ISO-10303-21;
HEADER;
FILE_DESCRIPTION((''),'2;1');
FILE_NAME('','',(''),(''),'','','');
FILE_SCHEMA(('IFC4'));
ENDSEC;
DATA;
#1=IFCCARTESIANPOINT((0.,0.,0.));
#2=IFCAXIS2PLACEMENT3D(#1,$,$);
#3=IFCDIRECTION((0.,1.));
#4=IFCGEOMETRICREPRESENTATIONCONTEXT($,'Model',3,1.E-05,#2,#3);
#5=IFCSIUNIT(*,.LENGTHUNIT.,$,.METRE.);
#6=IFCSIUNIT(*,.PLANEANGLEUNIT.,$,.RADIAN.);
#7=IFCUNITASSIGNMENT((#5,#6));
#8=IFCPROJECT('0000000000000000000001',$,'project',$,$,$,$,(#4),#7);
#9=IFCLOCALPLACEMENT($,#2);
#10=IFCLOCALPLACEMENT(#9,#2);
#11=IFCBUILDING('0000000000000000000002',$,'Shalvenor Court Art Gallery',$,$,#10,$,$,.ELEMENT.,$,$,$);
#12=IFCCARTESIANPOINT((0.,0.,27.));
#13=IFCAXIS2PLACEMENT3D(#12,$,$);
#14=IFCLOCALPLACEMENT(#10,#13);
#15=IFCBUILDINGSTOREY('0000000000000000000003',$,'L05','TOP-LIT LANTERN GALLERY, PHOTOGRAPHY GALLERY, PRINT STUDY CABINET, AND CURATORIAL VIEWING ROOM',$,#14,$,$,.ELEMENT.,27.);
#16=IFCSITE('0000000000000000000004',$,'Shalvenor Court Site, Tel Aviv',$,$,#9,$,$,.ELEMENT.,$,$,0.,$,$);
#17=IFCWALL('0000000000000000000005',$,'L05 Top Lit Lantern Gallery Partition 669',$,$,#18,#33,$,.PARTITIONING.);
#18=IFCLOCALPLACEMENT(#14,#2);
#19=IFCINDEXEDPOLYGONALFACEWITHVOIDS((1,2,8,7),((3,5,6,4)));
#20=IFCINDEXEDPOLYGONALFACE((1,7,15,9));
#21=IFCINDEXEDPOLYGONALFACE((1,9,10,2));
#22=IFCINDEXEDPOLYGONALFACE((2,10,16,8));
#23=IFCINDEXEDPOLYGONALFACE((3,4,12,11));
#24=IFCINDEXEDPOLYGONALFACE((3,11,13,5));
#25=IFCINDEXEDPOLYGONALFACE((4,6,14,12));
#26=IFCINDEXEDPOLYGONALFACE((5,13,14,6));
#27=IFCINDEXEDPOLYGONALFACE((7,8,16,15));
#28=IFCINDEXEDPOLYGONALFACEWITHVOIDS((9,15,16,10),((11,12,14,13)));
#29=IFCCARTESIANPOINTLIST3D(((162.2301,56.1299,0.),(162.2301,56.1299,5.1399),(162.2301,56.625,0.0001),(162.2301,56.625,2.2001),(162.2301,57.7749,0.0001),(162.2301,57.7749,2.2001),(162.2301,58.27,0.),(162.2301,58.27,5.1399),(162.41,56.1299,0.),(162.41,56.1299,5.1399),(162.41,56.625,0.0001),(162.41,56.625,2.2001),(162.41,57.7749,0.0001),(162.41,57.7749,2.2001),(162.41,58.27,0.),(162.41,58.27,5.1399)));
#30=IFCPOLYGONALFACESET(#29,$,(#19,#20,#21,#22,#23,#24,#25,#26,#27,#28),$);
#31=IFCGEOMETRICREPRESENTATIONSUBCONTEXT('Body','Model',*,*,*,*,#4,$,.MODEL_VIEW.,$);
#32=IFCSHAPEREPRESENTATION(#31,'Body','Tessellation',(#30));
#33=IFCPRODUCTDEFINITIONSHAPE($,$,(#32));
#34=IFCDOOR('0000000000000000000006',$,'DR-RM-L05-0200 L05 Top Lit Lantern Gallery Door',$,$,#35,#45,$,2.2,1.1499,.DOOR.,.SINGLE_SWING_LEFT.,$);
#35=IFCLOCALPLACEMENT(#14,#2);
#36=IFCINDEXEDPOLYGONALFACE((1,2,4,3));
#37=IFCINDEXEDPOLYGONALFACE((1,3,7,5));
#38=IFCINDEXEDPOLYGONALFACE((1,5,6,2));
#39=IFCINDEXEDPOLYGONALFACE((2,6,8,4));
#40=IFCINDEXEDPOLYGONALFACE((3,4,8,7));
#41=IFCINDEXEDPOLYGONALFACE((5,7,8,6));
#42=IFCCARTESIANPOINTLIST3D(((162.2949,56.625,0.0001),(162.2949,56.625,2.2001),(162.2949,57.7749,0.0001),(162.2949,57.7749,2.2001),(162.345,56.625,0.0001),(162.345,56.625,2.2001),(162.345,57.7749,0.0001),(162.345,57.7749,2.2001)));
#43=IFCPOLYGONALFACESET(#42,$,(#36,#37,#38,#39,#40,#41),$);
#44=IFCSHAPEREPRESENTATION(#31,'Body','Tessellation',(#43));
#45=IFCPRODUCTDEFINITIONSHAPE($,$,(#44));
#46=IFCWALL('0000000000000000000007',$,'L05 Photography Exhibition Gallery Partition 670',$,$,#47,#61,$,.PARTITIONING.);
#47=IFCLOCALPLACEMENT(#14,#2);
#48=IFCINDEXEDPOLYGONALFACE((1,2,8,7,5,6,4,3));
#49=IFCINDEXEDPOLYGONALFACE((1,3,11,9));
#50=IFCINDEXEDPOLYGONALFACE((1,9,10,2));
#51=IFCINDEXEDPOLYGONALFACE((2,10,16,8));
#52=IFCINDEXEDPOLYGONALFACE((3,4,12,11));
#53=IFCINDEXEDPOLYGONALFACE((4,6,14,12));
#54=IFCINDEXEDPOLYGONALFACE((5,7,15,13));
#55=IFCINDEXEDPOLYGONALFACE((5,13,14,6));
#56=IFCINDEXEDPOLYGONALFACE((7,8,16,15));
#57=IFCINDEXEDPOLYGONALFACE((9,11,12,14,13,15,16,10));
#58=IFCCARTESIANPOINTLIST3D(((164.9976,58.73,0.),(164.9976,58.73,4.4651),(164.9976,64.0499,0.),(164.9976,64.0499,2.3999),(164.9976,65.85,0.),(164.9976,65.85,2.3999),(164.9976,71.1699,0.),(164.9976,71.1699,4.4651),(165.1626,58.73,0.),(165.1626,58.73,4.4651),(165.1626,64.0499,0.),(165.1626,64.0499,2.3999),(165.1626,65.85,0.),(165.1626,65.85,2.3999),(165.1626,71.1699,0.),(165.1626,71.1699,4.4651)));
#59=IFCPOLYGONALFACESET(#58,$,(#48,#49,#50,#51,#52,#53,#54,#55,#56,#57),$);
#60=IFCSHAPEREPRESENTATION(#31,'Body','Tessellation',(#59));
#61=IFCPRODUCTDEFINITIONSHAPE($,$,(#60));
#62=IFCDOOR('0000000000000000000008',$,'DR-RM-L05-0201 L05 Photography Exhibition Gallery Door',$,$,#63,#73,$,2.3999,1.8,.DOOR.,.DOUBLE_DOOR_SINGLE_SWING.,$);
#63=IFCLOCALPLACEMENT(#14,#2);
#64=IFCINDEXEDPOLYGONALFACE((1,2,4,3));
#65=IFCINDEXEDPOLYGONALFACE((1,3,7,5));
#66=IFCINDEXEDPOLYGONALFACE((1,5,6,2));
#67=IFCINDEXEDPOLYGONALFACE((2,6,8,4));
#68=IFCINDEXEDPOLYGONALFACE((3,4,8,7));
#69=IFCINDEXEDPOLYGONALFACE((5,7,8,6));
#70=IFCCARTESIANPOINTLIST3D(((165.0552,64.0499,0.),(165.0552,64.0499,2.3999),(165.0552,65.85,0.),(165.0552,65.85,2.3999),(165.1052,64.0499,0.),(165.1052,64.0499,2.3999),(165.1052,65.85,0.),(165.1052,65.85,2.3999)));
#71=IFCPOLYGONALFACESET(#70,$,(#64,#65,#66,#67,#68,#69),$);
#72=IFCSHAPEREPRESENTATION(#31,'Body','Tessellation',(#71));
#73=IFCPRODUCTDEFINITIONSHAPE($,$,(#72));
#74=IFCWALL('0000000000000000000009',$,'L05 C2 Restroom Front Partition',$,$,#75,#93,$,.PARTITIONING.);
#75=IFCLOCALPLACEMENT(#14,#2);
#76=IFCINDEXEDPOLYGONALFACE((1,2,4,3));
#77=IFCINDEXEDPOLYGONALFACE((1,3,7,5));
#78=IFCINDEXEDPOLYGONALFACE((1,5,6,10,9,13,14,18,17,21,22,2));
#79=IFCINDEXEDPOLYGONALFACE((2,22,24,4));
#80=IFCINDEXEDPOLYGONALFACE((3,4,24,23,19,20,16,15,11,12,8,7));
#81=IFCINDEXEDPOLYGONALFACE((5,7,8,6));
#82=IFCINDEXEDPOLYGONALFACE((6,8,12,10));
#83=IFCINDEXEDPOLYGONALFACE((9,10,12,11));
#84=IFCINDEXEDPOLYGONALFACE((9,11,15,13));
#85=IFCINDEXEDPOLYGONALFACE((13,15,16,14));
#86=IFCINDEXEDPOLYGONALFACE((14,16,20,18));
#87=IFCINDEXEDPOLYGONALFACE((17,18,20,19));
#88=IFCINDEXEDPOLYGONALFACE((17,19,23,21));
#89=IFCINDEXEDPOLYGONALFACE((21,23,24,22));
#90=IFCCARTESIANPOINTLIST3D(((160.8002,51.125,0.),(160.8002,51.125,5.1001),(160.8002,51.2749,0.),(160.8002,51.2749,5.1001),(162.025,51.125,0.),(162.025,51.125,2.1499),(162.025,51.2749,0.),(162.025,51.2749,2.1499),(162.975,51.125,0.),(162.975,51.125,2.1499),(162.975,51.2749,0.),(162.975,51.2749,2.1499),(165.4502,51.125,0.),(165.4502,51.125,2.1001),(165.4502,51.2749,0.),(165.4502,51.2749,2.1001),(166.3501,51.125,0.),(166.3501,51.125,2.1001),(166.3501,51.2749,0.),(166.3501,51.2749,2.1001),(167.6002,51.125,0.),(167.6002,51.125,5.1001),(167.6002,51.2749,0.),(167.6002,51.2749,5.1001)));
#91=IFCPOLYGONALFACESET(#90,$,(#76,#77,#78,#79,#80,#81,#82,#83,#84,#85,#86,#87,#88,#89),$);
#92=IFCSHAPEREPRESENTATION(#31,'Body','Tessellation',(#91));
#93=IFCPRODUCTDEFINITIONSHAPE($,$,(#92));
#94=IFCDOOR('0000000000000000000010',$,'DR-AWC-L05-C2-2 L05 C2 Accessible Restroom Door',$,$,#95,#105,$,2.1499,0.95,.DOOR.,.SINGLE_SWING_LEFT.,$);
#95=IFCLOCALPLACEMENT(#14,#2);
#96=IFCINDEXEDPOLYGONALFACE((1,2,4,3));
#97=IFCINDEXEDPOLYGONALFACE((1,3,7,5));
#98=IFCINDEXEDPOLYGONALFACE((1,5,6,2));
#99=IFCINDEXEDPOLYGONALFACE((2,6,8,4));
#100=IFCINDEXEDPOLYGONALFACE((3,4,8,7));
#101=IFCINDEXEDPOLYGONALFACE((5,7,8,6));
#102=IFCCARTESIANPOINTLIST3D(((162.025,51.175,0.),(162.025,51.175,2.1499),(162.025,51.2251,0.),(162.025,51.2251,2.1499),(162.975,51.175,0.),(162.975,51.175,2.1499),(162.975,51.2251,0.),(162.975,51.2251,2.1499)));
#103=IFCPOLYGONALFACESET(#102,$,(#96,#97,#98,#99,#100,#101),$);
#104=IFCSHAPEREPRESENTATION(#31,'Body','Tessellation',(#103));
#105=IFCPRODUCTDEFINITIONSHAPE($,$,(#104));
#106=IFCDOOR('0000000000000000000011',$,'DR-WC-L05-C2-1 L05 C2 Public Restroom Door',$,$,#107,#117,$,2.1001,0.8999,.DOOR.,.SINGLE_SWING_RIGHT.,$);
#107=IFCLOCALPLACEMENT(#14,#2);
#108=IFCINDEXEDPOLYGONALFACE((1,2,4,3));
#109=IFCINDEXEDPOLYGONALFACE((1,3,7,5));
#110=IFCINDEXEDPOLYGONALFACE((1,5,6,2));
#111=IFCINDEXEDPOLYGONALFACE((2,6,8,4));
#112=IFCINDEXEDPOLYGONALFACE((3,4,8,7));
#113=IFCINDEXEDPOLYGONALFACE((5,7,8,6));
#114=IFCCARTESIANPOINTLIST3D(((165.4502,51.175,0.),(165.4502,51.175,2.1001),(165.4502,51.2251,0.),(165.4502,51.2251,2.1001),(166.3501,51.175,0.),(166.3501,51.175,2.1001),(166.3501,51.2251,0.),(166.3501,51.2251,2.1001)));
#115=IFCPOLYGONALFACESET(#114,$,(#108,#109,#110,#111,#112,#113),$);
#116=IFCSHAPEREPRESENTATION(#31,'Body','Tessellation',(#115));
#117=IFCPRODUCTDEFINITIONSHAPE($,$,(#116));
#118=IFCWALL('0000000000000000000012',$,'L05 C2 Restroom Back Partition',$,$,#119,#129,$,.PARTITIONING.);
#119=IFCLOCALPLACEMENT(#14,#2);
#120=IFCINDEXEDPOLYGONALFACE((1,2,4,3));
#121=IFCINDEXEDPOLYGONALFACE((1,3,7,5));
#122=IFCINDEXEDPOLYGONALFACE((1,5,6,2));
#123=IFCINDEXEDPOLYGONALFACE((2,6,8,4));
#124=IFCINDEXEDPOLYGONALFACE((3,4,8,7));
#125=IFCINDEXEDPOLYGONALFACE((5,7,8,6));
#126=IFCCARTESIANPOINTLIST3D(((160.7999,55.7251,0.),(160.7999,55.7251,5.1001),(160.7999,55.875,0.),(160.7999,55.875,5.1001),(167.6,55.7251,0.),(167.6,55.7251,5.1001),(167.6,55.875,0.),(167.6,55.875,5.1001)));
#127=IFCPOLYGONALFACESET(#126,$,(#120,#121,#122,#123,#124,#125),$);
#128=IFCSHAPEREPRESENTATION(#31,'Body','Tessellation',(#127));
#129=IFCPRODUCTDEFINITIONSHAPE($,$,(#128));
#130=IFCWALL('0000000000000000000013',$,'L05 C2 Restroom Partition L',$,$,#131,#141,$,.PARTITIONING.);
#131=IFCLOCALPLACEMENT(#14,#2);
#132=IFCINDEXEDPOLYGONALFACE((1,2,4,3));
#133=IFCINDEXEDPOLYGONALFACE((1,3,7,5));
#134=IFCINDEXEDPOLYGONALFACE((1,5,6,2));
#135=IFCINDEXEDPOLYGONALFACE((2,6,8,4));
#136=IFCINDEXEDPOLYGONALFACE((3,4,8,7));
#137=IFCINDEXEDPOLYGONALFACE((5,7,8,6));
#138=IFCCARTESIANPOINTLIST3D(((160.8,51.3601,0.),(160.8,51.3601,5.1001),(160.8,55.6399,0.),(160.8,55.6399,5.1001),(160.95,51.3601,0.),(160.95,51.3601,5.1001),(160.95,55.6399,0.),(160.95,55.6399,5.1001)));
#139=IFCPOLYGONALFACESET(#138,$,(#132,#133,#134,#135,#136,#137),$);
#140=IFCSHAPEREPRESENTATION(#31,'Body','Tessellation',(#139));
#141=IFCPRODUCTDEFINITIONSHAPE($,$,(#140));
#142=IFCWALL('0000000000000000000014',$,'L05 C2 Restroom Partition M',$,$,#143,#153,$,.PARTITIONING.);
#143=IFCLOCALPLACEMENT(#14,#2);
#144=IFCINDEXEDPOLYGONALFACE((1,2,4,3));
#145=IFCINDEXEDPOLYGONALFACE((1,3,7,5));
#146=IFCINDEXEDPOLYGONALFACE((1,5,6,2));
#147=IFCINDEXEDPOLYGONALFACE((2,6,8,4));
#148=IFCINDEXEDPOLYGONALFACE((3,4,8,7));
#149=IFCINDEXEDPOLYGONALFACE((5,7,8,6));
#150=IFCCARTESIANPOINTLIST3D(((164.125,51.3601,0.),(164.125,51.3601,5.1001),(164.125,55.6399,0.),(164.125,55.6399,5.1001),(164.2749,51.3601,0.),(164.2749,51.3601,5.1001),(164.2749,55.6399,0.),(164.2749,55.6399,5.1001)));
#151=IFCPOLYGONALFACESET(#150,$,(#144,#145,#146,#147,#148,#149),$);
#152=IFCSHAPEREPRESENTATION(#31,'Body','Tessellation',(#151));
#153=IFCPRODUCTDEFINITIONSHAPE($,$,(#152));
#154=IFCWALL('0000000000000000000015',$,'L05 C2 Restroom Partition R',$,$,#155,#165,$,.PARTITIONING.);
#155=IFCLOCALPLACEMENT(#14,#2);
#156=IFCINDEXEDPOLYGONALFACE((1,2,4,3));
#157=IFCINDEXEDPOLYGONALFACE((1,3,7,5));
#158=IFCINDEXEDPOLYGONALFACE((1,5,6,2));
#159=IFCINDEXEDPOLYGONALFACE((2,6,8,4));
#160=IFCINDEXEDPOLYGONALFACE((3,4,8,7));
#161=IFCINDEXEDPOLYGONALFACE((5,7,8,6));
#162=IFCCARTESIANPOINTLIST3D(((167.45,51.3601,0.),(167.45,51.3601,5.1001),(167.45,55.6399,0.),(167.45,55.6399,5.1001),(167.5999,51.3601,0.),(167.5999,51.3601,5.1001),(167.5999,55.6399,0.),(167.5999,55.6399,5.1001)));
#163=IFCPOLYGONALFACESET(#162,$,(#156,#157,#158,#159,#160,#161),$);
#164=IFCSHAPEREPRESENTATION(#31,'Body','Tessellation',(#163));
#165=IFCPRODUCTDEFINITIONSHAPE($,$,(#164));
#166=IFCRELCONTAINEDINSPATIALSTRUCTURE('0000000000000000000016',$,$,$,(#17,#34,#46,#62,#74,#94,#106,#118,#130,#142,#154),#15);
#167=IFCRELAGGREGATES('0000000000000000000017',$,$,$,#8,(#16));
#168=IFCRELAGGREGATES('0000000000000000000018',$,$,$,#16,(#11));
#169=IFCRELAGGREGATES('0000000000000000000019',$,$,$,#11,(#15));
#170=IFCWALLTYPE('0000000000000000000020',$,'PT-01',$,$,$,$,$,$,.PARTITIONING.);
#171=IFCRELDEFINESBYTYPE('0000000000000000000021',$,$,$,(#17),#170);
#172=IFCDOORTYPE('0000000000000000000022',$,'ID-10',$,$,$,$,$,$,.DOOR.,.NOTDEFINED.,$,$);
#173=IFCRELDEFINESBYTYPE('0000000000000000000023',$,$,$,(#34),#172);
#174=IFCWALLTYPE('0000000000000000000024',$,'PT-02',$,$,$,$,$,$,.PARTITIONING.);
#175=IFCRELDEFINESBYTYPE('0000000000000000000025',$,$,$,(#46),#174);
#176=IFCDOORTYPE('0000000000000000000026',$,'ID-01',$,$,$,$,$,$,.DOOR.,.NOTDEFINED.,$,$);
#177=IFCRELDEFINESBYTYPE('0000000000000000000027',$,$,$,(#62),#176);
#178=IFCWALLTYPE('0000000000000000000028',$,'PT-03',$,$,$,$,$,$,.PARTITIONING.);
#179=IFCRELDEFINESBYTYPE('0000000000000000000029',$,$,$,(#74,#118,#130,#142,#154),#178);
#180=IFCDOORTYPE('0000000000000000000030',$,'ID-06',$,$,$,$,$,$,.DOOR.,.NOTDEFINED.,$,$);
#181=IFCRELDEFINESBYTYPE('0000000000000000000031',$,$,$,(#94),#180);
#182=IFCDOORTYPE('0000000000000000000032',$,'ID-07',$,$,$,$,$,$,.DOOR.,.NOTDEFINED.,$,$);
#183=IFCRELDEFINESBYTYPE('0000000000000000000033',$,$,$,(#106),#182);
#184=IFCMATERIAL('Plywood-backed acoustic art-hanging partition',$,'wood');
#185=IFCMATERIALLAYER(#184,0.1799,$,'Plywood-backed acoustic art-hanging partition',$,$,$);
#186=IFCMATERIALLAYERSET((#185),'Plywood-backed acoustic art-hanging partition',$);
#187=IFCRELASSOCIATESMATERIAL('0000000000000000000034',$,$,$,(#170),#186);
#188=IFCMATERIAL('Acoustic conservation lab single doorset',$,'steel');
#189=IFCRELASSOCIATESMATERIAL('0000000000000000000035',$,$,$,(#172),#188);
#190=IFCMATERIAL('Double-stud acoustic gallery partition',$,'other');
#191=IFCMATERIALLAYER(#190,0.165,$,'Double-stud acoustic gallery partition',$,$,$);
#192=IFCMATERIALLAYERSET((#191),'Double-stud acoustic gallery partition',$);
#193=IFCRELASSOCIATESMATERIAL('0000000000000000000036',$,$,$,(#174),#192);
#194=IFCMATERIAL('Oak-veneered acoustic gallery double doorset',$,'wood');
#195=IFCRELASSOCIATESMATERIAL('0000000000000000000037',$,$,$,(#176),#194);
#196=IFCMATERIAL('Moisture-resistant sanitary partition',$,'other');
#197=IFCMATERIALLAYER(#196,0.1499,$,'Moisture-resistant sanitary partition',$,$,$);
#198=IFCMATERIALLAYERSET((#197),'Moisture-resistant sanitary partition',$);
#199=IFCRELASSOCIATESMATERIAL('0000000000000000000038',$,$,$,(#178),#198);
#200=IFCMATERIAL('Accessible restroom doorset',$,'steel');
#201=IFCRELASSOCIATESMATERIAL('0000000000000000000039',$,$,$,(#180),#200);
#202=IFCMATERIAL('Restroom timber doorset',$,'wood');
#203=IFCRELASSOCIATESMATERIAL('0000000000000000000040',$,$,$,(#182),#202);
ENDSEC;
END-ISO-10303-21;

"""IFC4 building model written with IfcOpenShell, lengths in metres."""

from ifc_helpers import new_model, si_unit, direction, frame, frame_2d, origin, place, context, subcontext, project, spatial, rectangle, extrude, material, layer, layer_set, type_object, element, fill, save


model = new_model("IFC4")

# Units and contexts
model_context = context("Model", 3, precision=1e-05, world=origin(), true_north=direction((0.0, 1.0)))
body_context = subcontext(model_context, "Body", "Model", "MODEL_VIEW")
ifc_project = project(units=[si_unit("LENGTHUNIT", "METRE"), si_unit("PLANEANGLEUNIT", "RADIAN")], contexts=[model_context])

# Site, building, storey
site_placement = place(None, origin())
site = spatial("IfcSite", under=ifc_project, at=site_placement, Name="Shalvenor Court Site, Tel Aviv", CompositionType="ELEMENT", RefElevation=0.0)
building_placement = place(site_placement, origin())
building = spatial("IfcBuilding", under=site, at=building_placement, Name="Shalvenor Court Art Gallery", CompositionType="ELEMENT")
storey_placement = place(building_placement, frame((0.0, 0.0, 27.0)))
storey = spatial("IfcBuildingStorey", under=building, at=storey_placement, Name="L05", Description="TOP-LIT LANTERN GALLERY, PHOTOGRAPHY GALLERY, PRINT STUDY CABINET, AND CURATORIAL VIEWING ROOM", CompositionType="ELEMENT", Elevation=27.0)

# Walls, openings, doors
ifc_material_1 = material(Name="Plywood-backed acoustic art-hanging partition", Category="wood")
ifc_layer_1 = layer(ifc_material_1, 0.1799, Name="Plywood-backed acoustic art-hanging partition")
ifc_layer_set_1 = layer_set([ifc_layer_1], Name="Plywood-backed acoustic art-hanging partition")
wall_type_1 = type_object("IfcWallType", Name="PT-01", PredefinedType="PARTITIONING", material=ifc_layer_set_1)
wall_1_placement = place(storey_placement, frame((162.3201, 58.27, 0.0), z_axis=(0.0, 0.0, 1.0), x_axis=(0.0, -1.0, 0.0)))
wall_1 = element("IfcWall", 1, at=wall_1_placement, inside=storey, type_object=wall_type_1, Name="L05 Top Lit Lantern Gallery Partition 669", PredefinedType="PARTITIONING", context=body_context, shape_type="SweptSolid", body=[
    extrude(rectangle(XDim=2.1401, YDim=0.1799, at=frame_2d((1.0701, 0.0))), origin(), (0.0, 0.0, 1.0), 5.1399),
])
opening_1_placement = place(wall_1_placement, frame((0.4951, 0.0, 0.0)))
opening_1 = element("IfcOpeningElement", 2, at=opening_1_placement, cuts=wall_1, PredefinedType="OPENING", context=body_context, shape_type="SweptSolid", body=[
    extrude(rectangle(XDim=1.1499, YDim=2.2, at=frame_2d((0.575, 1.1001))), frame((0.0, 0.0999, 0.0), z_axis=(0.0, -1.0, 0.0), x_axis=(1.0, 0.0, 0.0)), (0.0, 0.0, 1.0), 0.2),
])
ifc_material_2 = material(Name="Acoustic conservation lab single doorset", Category="steel")
door_type_1 = type_object("IfcDoorType", Name="ID-10", OperationType="NOTDEFINED", PredefinedType="DOOR", material=ifc_material_2)
door_1_placement = place(opening_1_placement, origin())
door_1 = element("IfcDoor", 3, at=door_1_placement, inside=storey, type_object=door_type_1, Name="DR-RM-L05-0200 L05 Top Lit Lantern Gallery Door", OperationType="SINGLE_SWING_LEFT", OverallHeight=2.2, OverallWidth=1.1499, PredefinedType="DOOR", context=body_context, shape_type="SweptSolid", body=[
    extrude(rectangle(XDim=1.1499, YDim=2.2, at=frame_2d((0.575, 1.1001))), frame((0.0, 0.0249, 0.0), z_axis=(0.0, -1.0, 0.0), x_axis=(1.0, 0.0, 0.0)), (0.0, 0.0, 1.0), 0.05),
])
fill(opening_1, door_1)
ifc_material_3 = material(Name="Double-stud acoustic gallery partition", Category="other")
ifc_layer_2 = layer(ifc_material_3, 0.165, Name="Double-stud acoustic gallery partition")
ifc_layer_set_2 = layer_set([ifc_layer_2], Name="Double-stud acoustic gallery partition")
wall_type_2 = type_object("IfcWallType", Name="PT-02", PredefinedType="PARTITIONING", material=ifc_layer_set_2)
wall_2_placement = place(storey_placement, frame((165.0801, 58.73, 0.0), z_axis=(0.0, 0.0, 1.0), x_axis=(0.0, 1.0, 0.0)))
wall_2 = element("IfcWall", 4, at=wall_2_placement, inside=storey, type_object=wall_type_2, Name="L05 Photography Exhibition Gallery Partition 670", PredefinedType="PARTITIONING", context=body_context, shape_type="SweptSolid", body=[
    extrude(rectangle(XDim=12.4399, YDim=0.165, at=frame_2d((6.22, 0.0))), origin(), (0.0, 0.0, 1.0), 4.4651),
])
opening_2_placement = place(wall_2_placement, frame((5.3201, 0.0, 0.0)))
opening_2 = element("IfcOpeningElement", 5, at=opening_2_placement, cuts=wall_2, PredefinedType="OPENING", context=body_context, shape_type="SweptSolid", body=[
    extrude(rectangle(XDim=1.8, YDim=2.3999, at=frame_2d((0.8999, 1.2))), frame((0.0, 0.0925, 0.0), z_axis=(0.0, -1.0, 0.0), x_axis=(1.0, 0.0, 0.0)), (0.0, 0.0, 1.0), 0.1851),
])
ifc_material_4 = material(Name="Oak-veneered acoustic gallery double doorset", Category="wood")
door_type_2 = type_object("IfcDoorType", Name="ID-01", OperationType="NOTDEFINED", PredefinedType="DOOR", material=ifc_material_4)
door_2_placement = place(opening_2_placement, origin())
door_2 = element("IfcDoor", 6, at=door_2_placement, inside=storey, type_object=door_type_2, Name="DR-RM-L05-0201 L05 Photography Exhibition Gallery Door", OperationType="DOUBLE_DOOR_SINGLE_SWING", OverallHeight=2.3999, OverallWidth=1.8, PredefinedType="DOOR", context=body_context, shape_type="SweptSolid", body=[
    extrude(rectangle(XDim=1.8, YDim=2.3999, at=frame_2d((0.8999, 1.2))), frame((0.0, 0.0249, 0.0), z_axis=(0.0, -1.0, 0.0), x_axis=(1.0, 0.0, 0.0)), (0.0, 0.0, 1.0), 0.05),
])
fill(opening_2, door_2)

# Wall, openings, doors
ifc_material_5 = material(Name="Moisture-resistant sanitary partition", Category="other")
ifc_layer_3 = layer(ifc_material_5, 0.1499, Name="Moisture-resistant sanitary partition")
ifc_layer_set_3 = layer_set([ifc_layer_3], Name="Moisture-resistant sanitary partition")
wall_type_3 = type_object("IfcWallType", Name="PT-03", PredefinedType="PARTITIONING", material=ifc_layer_set_3)
wall_3_placement = place(storey_placement, frame((167.6001, 51.2, 0.0), z_axis=(0.0, 0.0, 1.0), x_axis=(-1.0, 0.0, 0.0)))
wall_3 = element("IfcWall", 7, at=wall_3_placement, inside=storey, type_object=wall_type_3, Name="L05 C2 Restroom Front Partition", PredefinedType="PARTITIONING", context=body_context, shape_type="SweptSolid", body=[
    extrude(rectangle(XDim=6.8, YDim=0.1499, at=frame_2d((3.3999, 0.0))), origin(), (0.0, 0.0, 1.0), 5.1001),
])
opening_3_placement = place(wall_3_placement, frame((1.25, 0.0, 0.0)))
opening_3 = element("IfcOpeningElement", 8, at=opening_3_placement, cuts=wall_3, PredefinedType="OPENING", context=body_context, shape_type="SweptSolid", body=[
    extrude(rectangle(XDim=0.8999, YDim=2.1001, at=frame_2d((0.45, 1.05))), frame((0.0, 0.085, 0.0), z_axis=(0.0, -1.0, 0.0), x_axis=(1.0, 0.0, 0.0)), (0.0, 0.0, 1.0), 0.1699),
])
opening_4_placement = place(wall_3_placement, frame((4.625, 0.0, 0.0)))
opening_4 = element("IfcOpeningElement", 9, at=opening_4_placement, cuts=wall_3, PredefinedType="OPENING", context=body_context, shape_type="SweptSolid", body=[
    extrude(rectangle(XDim=0.95, YDim=2.1499, at=frame_2d((0.4751, 1.075))), frame((0.0, 0.085, 0.0), z_axis=(0.0, -1.0, 0.0), x_axis=(1.0, 0.0, 0.0)), (0.0, 0.0, 1.0), 0.1699),
])
ifc_material_6 = material(Name="Accessible restroom doorset", Category="steel")
door_type_3 = type_object("IfcDoorType", Name="ID-06", OperationType="NOTDEFINED", PredefinedType="DOOR", material=ifc_material_6)
door_3_placement = place(opening_4_placement, origin())
door_3 = element("IfcDoor", 10, at=door_3_placement, inside=storey, type_object=door_type_3, Name="DR-AWC-L05-C2-2 L05 C2 Accessible Restroom Door", OperationType="SINGLE_SWING_LEFT", OverallHeight=2.1499, OverallWidth=0.95, PredefinedType="DOOR", context=body_context, shape_type="SweptSolid", body=[
    extrude(rectangle(XDim=0.95, YDim=2.1499, at=frame_2d((0.4751, 1.075))), frame((0.0, 0.0249, 0.0), z_axis=(0.0, -1.0, 0.0), x_axis=(1.0, 0.0, 0.0)), (0.0, 0.0, 1.0), 0.05),
])
fill(opening_4, door_3)
ifc_material_7 = material(Name="Restroom timber doorset", Category="wood")
door_type_4 = type_object("IfcDoorType", Name="ID-07", OperationType="NOTDEFINED", PredefinedType="DOOR", material=ifc_material_7)
door_4_placement = place(opening_3_placement, origin())
door_4 = element("IfcDoor", 11, at=door_4_placement, inside=storey, type_object=door_type_4, Name="DR-WC-L05-C2-1 L05 C2 Public Restroom Door", OperationType="SINGLE_SWING_RIGHT", OverallHeight=2.1001, OverallWidth=0.8999, PredefinedType="DOOR", context=body_context, shape_type="SweptSolid", body=[
    extrude(rectangle(XDim=0.8999, YDim=2.1001, at=frame_2d((0.45, 1.05))), frame((0.0, 0.0249, 0.0), z_axis=(0.0, -1.0, 0.0), x_axis=(1.0, 0.0, 0.0)), (0.0, 0.0, 1.0), 0.05),
])
fill(opening_3, door_4)

# Walls
wall_4_placement = place(storey_placement, frame((160.8, 55.8, 0.0), z_axis=(0.0, 0.0, 1.0), x_axis=(1.0, 0.0, 0.0)))
element("IfcWall", 12, at=wall_4_placement, inside=storey, type_object=wall_type_3, Name="L05 C2 Restroom Back Partition", PredefinedType="PARTITIONING", context=body_context, shape_type="SweptSolid", body=[
    extrude(rectangle(XDim=6.8, YDim=0.1499, at=frame_2d((3.3999, 0.0))), origin(), (0.0, 0.0, 1.0), 5.1001),
])
for number, where, z_axis, x_axis, name in (
    (13, (160.875, 51.3601, 0.0), (0.0, 0.0, 1.0), (0.0, 1.0, 0.0), "L05 C2 Restroom Partition L"),
    (14, (164.2, 51.3601, 0.0), (0.0, 0.0, 1.0), (0.0, 1.0, 0.0), "L05 C2 Restroom Partition M"),
    (15, (167.5249, 51.3601, 0.0), (0.0, 0.0, 1.0), (0.0, 1.0, 0.0), "L05 C2 Restroom Partition R"),
):
    element("IfcWall", number, at=place(storey_placement, frame(where, z_axis=z_axis, x_axis=x_axis)), inside=storey, type_object=wall_type_3, Name=name, PredefinedType="PARTITIONING", context=body_context, shape_type="SweptSolid", body=[
        extrude(rectangle(XDim=4.2798, YDim=0.1499, at=frame_2d((2.1399, 0.0))), origin(), (0.0, 0.0, 1.0), 5.1001),
    ])

save(model, "model.ifc")
